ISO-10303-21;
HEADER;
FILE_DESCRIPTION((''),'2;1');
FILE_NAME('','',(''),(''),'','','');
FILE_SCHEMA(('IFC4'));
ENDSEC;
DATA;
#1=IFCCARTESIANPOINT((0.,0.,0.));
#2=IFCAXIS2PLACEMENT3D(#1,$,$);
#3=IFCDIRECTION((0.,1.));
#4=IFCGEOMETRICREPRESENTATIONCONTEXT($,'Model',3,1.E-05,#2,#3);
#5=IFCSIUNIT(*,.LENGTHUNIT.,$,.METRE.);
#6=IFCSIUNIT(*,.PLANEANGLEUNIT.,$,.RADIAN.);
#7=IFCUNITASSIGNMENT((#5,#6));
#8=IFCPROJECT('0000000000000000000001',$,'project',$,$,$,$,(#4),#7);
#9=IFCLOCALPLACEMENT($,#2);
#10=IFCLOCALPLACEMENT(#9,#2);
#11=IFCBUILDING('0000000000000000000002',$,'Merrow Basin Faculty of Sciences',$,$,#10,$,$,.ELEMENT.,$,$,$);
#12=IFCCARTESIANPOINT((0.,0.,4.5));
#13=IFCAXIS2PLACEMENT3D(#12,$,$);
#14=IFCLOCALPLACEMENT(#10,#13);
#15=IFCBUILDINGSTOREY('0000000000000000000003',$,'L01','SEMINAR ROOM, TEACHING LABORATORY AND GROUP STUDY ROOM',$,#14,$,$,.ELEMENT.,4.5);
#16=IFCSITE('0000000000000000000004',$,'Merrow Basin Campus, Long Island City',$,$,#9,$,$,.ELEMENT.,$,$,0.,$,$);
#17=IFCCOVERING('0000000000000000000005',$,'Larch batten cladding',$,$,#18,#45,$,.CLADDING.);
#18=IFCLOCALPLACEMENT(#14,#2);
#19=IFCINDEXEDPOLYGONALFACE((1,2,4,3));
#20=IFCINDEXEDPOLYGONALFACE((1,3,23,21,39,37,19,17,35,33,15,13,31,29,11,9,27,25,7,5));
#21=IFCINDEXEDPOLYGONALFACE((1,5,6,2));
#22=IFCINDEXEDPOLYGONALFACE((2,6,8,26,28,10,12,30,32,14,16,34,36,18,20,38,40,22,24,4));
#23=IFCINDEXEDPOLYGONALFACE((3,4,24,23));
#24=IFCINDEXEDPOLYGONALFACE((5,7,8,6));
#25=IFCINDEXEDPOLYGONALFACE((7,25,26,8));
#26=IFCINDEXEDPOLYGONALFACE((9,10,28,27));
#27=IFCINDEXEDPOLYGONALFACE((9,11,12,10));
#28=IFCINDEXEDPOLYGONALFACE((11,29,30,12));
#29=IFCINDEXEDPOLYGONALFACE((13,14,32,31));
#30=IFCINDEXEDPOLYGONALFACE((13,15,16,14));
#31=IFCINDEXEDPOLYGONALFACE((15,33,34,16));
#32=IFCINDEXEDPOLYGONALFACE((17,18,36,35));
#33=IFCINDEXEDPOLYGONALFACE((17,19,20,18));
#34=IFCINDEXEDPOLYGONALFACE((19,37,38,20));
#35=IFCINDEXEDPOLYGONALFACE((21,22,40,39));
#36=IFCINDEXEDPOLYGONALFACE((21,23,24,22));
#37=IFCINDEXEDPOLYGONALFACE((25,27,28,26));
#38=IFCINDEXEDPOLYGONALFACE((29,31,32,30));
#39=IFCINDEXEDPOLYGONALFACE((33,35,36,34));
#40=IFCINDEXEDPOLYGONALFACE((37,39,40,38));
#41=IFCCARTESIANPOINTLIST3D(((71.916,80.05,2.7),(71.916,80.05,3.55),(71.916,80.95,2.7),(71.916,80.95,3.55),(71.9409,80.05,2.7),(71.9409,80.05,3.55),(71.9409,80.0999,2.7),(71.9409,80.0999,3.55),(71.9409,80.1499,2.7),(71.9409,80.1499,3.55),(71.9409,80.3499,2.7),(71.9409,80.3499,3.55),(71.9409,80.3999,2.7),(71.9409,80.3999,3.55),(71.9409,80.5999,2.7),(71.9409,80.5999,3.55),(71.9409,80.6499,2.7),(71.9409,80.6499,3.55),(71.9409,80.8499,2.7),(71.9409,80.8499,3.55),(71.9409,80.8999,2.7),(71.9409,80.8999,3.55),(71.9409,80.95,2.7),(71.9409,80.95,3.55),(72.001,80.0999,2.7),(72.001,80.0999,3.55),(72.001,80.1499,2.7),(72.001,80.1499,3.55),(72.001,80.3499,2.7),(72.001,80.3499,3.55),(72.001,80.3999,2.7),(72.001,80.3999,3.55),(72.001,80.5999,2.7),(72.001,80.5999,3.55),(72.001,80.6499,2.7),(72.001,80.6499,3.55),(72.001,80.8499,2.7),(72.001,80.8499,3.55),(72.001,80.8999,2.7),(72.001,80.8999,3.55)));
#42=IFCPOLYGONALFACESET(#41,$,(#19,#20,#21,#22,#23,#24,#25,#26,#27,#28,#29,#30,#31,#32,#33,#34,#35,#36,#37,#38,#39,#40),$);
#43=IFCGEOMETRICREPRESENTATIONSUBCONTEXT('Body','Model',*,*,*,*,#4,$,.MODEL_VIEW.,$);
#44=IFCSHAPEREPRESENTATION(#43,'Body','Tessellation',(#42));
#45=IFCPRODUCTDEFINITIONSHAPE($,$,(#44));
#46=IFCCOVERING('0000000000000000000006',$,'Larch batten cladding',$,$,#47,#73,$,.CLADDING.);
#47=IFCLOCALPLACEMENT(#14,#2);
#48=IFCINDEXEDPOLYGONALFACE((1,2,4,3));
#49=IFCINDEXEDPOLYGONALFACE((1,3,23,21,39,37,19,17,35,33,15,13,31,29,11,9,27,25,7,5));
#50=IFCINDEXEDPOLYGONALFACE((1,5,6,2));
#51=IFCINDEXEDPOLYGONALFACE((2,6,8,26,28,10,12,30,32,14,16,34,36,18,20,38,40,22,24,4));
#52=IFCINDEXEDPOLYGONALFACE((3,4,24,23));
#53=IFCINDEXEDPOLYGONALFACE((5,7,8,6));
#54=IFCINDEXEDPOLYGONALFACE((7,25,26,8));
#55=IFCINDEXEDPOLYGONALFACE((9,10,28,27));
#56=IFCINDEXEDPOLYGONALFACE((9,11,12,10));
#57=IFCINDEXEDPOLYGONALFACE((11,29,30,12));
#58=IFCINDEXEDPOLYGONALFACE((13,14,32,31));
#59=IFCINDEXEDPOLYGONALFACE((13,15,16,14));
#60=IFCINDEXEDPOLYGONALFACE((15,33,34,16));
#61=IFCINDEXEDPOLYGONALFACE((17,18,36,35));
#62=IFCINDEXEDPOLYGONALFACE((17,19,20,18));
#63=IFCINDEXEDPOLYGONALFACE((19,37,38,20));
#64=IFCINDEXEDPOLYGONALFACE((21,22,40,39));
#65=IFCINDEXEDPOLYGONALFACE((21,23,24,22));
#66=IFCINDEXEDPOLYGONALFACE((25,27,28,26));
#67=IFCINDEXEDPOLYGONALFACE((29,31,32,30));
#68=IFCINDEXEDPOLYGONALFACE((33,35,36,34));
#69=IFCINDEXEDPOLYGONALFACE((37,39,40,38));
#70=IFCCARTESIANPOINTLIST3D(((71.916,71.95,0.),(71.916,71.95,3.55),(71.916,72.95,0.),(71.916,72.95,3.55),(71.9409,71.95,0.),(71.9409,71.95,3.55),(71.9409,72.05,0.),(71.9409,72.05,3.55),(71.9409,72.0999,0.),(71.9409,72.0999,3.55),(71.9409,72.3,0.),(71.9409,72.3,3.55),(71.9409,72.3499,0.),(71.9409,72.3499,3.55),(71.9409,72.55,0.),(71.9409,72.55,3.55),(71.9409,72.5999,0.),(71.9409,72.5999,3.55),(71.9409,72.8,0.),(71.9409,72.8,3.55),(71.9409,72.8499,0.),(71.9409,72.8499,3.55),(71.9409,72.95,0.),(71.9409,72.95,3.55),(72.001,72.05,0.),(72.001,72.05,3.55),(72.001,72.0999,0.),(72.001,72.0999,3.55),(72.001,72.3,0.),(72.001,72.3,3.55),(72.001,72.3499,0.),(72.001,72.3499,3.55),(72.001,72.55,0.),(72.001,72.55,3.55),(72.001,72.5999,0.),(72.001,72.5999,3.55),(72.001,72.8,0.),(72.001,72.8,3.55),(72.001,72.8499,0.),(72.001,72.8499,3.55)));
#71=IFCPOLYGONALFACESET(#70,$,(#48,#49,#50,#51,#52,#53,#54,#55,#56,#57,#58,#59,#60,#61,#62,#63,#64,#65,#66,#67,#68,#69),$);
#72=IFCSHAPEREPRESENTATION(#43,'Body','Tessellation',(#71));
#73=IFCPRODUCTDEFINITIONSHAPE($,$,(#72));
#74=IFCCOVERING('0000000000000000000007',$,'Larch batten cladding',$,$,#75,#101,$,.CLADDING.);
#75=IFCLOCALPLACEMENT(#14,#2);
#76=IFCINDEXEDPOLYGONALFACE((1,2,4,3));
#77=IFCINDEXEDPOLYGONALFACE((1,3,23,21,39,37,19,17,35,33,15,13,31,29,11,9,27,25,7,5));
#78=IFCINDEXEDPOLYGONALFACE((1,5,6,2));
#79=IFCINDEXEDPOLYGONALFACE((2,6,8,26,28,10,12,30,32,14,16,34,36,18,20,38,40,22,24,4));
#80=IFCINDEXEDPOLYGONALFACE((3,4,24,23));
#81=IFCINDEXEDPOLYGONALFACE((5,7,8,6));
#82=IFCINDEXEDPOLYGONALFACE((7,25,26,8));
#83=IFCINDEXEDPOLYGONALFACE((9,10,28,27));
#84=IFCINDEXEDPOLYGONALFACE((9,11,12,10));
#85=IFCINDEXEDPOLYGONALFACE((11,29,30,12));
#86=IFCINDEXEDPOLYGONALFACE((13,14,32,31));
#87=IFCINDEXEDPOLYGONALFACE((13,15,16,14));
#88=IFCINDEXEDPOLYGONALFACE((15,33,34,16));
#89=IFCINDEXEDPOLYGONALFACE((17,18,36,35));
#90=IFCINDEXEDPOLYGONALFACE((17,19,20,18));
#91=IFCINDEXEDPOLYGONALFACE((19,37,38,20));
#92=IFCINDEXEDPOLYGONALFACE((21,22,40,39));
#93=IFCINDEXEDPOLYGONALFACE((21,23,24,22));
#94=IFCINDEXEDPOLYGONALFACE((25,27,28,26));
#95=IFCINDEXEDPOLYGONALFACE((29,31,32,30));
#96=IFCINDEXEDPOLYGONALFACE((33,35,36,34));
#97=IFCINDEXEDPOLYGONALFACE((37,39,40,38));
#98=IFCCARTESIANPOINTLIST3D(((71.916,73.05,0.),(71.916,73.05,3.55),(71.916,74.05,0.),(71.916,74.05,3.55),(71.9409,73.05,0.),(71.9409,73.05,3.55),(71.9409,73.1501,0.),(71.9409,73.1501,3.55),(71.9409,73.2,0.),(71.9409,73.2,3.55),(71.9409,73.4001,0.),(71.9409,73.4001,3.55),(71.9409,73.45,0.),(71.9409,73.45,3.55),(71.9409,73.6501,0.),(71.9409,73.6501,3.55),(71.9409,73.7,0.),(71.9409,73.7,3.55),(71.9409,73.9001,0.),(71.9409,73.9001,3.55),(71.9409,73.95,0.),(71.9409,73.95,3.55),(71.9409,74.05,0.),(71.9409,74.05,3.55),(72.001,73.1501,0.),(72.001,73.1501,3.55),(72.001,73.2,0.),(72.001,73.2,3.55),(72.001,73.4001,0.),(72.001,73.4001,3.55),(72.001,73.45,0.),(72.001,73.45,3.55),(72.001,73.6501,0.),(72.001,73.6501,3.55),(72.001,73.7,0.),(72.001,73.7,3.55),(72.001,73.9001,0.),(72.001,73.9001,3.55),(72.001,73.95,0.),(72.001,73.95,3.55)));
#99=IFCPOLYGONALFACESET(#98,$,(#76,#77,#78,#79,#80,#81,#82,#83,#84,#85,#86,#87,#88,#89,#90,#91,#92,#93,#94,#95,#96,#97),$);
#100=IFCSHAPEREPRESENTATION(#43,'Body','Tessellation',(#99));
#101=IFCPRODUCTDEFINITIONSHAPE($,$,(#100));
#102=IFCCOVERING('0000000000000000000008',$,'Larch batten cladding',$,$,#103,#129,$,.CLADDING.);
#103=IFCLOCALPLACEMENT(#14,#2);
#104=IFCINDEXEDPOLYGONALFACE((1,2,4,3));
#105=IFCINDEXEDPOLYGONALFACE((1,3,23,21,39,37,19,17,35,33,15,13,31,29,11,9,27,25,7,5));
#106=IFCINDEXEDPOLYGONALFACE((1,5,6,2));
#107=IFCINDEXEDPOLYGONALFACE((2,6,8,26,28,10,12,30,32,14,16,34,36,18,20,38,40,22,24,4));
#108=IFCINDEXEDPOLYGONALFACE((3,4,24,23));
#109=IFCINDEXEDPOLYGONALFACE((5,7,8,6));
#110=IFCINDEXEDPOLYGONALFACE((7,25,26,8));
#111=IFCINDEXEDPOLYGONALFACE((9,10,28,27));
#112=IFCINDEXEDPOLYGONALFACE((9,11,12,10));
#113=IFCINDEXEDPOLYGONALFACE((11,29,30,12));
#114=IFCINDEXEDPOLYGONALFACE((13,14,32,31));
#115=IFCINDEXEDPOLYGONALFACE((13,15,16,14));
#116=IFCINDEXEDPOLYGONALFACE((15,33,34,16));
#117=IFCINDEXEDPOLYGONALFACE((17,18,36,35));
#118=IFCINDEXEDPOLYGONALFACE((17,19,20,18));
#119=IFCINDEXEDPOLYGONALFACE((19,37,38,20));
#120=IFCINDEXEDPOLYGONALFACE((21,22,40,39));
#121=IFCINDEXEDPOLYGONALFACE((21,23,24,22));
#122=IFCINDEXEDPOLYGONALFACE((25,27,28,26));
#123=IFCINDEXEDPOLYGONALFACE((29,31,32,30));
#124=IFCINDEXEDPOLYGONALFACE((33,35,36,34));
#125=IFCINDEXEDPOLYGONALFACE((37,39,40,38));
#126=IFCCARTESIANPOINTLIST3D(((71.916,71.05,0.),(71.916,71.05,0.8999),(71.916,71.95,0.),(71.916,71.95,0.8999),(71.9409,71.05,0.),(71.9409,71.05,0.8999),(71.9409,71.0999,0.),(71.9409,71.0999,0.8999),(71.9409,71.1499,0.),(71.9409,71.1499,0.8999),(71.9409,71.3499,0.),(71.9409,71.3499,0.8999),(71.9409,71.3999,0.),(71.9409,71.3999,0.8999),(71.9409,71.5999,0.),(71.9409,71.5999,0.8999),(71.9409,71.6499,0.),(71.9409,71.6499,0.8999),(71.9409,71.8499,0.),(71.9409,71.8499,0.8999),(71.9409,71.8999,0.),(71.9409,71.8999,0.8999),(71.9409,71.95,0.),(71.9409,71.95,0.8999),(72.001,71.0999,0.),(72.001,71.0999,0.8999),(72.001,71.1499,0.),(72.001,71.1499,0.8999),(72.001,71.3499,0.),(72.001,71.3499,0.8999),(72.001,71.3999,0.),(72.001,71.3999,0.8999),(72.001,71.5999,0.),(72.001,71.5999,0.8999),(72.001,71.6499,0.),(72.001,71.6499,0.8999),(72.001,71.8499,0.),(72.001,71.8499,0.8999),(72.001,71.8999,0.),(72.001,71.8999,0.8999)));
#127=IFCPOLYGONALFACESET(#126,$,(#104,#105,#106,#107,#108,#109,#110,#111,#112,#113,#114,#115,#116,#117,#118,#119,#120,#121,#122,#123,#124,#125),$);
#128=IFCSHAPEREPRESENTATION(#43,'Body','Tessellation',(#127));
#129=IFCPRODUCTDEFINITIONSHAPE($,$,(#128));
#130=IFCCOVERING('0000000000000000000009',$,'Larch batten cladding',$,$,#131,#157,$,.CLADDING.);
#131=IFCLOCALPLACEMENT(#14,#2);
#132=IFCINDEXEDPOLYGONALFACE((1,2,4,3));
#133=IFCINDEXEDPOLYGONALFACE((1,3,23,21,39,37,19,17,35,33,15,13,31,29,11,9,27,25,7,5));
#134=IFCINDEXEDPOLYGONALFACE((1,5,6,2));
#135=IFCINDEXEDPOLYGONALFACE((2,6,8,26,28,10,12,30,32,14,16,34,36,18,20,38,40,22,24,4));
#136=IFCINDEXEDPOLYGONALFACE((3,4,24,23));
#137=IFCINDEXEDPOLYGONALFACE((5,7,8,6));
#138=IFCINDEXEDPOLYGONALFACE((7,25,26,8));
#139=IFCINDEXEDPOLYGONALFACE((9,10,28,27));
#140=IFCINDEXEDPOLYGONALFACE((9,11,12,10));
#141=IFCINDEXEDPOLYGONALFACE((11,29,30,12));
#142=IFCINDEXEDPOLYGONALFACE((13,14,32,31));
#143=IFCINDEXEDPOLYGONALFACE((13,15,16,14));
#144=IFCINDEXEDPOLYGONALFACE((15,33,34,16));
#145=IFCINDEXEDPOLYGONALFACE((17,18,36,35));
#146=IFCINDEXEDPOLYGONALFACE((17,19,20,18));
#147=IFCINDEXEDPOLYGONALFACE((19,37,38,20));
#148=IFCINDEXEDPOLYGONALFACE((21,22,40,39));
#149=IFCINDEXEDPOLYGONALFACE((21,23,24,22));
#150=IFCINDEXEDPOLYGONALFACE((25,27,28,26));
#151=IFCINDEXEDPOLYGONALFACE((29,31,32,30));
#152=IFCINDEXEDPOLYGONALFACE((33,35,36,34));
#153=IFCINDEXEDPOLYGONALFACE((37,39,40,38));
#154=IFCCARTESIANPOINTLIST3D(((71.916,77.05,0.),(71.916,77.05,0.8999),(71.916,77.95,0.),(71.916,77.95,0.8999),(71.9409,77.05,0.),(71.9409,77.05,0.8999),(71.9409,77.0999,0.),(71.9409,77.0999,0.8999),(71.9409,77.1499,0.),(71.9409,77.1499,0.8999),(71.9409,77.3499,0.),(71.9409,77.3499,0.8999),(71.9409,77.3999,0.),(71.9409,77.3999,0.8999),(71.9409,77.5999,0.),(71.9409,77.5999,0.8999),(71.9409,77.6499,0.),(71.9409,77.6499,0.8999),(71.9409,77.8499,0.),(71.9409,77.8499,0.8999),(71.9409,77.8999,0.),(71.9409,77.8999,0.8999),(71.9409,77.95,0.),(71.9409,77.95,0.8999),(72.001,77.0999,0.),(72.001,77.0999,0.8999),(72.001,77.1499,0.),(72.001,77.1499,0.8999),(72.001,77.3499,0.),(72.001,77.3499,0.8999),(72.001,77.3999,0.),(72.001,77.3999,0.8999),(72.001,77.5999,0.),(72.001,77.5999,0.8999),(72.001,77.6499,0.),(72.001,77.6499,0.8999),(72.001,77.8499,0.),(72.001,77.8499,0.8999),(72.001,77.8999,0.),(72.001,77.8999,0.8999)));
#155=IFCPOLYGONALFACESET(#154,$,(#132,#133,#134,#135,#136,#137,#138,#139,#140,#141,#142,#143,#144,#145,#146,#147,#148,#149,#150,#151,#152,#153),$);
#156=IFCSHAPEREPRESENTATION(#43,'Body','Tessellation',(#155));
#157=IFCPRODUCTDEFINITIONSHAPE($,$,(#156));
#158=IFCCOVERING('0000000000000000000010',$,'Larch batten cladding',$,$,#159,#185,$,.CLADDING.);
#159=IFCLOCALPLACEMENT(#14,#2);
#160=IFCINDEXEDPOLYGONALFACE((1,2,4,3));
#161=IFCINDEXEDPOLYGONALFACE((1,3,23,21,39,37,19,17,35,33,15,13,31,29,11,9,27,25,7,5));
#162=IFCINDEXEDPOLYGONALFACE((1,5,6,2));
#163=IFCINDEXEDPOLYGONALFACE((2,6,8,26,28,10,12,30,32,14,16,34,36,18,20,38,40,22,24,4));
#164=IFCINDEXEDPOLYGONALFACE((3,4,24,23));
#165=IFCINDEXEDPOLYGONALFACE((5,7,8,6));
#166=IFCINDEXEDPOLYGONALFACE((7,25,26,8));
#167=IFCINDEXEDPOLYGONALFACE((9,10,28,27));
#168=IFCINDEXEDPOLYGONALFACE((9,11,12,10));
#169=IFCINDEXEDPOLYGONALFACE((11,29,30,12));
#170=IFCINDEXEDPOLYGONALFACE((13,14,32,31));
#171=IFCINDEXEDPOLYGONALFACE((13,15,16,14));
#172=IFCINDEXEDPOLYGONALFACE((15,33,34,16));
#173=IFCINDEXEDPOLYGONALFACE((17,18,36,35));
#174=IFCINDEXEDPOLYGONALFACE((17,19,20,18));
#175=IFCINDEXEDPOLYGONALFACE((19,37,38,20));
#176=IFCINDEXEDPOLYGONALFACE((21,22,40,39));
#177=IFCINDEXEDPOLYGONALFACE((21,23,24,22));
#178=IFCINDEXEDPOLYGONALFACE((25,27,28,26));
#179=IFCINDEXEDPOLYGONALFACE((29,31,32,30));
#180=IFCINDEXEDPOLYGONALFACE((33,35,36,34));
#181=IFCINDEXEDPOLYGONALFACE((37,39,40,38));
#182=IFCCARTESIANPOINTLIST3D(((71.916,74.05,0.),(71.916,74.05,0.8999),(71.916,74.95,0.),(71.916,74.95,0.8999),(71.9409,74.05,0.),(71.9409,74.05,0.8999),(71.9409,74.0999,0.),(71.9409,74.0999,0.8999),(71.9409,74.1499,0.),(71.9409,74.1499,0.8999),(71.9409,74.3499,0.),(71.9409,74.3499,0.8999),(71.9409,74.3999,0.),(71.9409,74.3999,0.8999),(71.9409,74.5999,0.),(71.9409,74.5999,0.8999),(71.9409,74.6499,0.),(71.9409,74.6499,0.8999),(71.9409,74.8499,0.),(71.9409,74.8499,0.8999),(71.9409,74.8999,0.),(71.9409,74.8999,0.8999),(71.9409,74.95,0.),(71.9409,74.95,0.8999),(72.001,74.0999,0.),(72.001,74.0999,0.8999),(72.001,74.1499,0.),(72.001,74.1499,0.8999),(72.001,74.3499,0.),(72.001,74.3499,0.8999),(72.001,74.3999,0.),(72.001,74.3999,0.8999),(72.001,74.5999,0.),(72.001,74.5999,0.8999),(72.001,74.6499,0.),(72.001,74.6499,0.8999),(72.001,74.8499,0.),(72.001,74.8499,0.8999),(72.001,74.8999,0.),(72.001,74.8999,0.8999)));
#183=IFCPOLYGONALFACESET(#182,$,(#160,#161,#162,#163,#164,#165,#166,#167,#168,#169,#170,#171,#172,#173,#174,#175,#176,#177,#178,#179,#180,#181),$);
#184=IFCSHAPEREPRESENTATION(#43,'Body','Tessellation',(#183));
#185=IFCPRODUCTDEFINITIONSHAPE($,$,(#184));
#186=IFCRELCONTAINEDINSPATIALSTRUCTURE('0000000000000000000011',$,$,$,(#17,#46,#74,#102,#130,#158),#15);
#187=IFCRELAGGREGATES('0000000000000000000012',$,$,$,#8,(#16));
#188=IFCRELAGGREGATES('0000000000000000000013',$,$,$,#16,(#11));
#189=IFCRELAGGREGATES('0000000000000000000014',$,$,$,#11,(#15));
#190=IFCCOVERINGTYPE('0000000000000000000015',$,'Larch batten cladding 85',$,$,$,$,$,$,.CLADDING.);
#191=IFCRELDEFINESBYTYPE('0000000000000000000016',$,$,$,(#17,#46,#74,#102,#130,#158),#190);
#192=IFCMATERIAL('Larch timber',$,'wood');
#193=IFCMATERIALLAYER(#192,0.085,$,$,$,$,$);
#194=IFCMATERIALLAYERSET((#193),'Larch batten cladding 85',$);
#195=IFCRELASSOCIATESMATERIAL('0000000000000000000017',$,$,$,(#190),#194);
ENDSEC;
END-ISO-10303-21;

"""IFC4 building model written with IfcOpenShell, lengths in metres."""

from ifc_helpers import new_model, si_unit, direction, frame, origin, place, context, subcontext, project, spatial, polyline, outline, extrude, source, transform, mapped, material, layer, layer_set, type_object, element, save


model = new_model("IFC4")

# Units and contexts
model_context = context("Model", 3, precision=1e-05, world=origin(), true_north=direction((0.0, 1.0)))
body_context = subcontext(model_context, "Body", "Model", "MODEL_VIEW")
ifc_project = project(units=[si_unit("LENGTHUNIT", "METRE"), si_unit("PLANEANGLEUNIT", "RADIAN")], contexts=[model_context])

# Site, building, storey
site_placement = place(None, origin())
site = spatial("IfcSite", under=ifc_project, at=site_placement, Name="Merrow Basin Campus, Long Island City", CompositionType="ELEMENT", RefElevation=0.0)
building_placement = place(site_placement, origin())
building = spatial("IfcBuilding", under=site, at=building_placement, Name="Merrow Basin Faculty of Sciences", CompositionType="ELEMENT")
storey_placement = place(building_placement, frame((0.0, 0.0, 4.5)))
storey = spatial("IfcBuildingStorey", under=building, at=storey_placement, Name="L01", Description="SEMINAR ROOM, TEACHING LABORATORY AND GROUP STUDY ROOM", CompositionType="ELEMENT", Elevation=4.5)

# Coverings
ifc_material_1 = material(Name="Larch timber", Category="wood")
ifc_layer_1 = layer(ifc_material_1, 0.085)
ifc_layer_set_1 = layer_set([ifc_layer_1], Name="Larch batten cladding 85")
covering_type = type_object("IfcCoveringType", Name="Larch batten cladding 85", PredefinedType="CLADDING", material=ifc_layer_set_1)
shared_shape_1 = source(origin(), body_context, "Body", "SweptSolid", [
    extrude(outline(polyline([(0.0, 0.0), (0.8999, 0.0), (0.8999, 0.0249), (0.8501, 0.0249), (0.8501, 0.085), (0.8, 0.085), (0.8, 0.0249), (0.6001, 0.0249), (0.6001, 0.085), (0.55, 0.085), (0.55, 0.0249), (0.3501, 0.0249), (0.3501, 0.085), (0.3, 0.085), (0.3, 0.0249), (0.1001, 0.0249), (0.1001, 0.085), (0.05, 0.085), (0.05, 0.0249), (0.0, 0.0249), (0.0, 0.0)])), origin(), (0.0, 0.0, 1.0), 0.8501),
])
for number, where, z_axis, x_axis, name in (
    (1, (71.916, 80.95, 2.7), (0.0, 0.0, 1.0), (0.0, -1.0, 0.0), "Larch batten cladding"),
):
    element("IfcCovering", number, at=place(storey_placement, frame(where, z_axis=z_axis, x_axis=x_axis)), inside=storey, type_object=covering_type, Name=name, PredefinedType="CLADDING", context=body_context, shape_type="MappedRepresentation", body=[
        mapped(shared_shape_1, transform((0.0, 0.0, 0.0), scale=1.0)),
    ])
shared_shape_2 = source(origin(), body_context, "Body", "SweptSolid", [
    extrude(outline(polyline([(0.0, 0.0), (1.0, 0.0), (1.0, 0.0249), (0.8999, 0.0249), (0.8999, 0.085), (0.8501, 0.085), (0.8501, 0.0249), (0.6499, 0.0249), (0.6499, 0.085), (0.6001, 0.085), (0.6001, 0.0249), (0.3999, 0.0249), (0.3999, 0.085), (0.3501, 0.085), (0.3501, 0.0249), (0.1499, 0.0249), (0.1499, 0.085), (0.1001, 0.085), (0.1001, 0.0249), (0.0, 0.0249), (0.0, 0.0)])), origin(), (0.0, 0.0, 1.0), 3.55),
])
for number, where, z_axis, x_axis, name in (
    (2, (71.916, 72.95, 0.0), (0.0, 0.0, 1.0), (0.0, -1.0, 0.0), "Larch batten cladding"),
    (3, (71.916, 74.05, 0.0), (0.0, 0.0, 1.0), (0.0, -1.0, 0.0), "Larch batten cladding"),
):
    element("IfcCovering", number, at=place(storey_placement, frame(where, z_axis=z_axis, x_axis=x_axis)), inside=storey, type_object=covering_type, Name=name, PredefinedType="CLADDING", context=body_context, shape_type="MappedRepresentation", body=[
        mapped(shared_shape_2, transform((0.0, 0.0, 0.0), scale=1.0)),
    ])
shared_shape_3 = source(origin(), body_context, "Body", "SweptSolid", [
    extrude(outline(polyline([(0.0, 0.0), (0.8999, 0.0), (0.8999, 0.0249), (0.8501, 0.0249), (0.8501, 0.085), (0.8, 0.085), (0.8, 0.0249), (0.6001, 0.0249), (0.6001, 0.085), (0.55, 0.085), (0.55, 0.0249), (0.3501, 0.0249), (0.3501, 0.085), (0.3, 0.085), (0.3, 0.0249), (0.1001, 0.0249), (0.1001, 0.085), (0.05, 0.085), (0.05, 0.0249), (0.0, 0.0249), (0.0, 0.0)])), origin(), (0.0, 0.0, 1.0), 0.8999),
])
for number, where, z_axis, x_axis, name in (
    (4, (71.916, 71.95, 0.0), (0.0, 0.0, 1.0), (0.0, -1.0, 0.0), "Larch batten cladding"),
    (5, (71.916, 77.95, 0.0), (0.0, 0.0, 1.0), (0.0, -1.0, 0.0), "Larch batten cladding"),
    (6, (71.916, 74.95, 0.0), (0.0, 0.0, 1.0), (0.0, -1.0, 0.0), "Larch batten cladding"),
):
    element("IfcCovering", number, at=place(storey_placement, frame(where, z_axis=z_axis, x_axis=x_axis)), inside=storey, type_object=covering_type, Name=name, PredefinedType="CLADDING", context=body_context, shape_type="MappedRepresentation", body=[
        mapped(shared_shape_3, transform((0.0, 0.0, 0.0), scale=1.0)),
    ])

save(model, "model.ifc")
